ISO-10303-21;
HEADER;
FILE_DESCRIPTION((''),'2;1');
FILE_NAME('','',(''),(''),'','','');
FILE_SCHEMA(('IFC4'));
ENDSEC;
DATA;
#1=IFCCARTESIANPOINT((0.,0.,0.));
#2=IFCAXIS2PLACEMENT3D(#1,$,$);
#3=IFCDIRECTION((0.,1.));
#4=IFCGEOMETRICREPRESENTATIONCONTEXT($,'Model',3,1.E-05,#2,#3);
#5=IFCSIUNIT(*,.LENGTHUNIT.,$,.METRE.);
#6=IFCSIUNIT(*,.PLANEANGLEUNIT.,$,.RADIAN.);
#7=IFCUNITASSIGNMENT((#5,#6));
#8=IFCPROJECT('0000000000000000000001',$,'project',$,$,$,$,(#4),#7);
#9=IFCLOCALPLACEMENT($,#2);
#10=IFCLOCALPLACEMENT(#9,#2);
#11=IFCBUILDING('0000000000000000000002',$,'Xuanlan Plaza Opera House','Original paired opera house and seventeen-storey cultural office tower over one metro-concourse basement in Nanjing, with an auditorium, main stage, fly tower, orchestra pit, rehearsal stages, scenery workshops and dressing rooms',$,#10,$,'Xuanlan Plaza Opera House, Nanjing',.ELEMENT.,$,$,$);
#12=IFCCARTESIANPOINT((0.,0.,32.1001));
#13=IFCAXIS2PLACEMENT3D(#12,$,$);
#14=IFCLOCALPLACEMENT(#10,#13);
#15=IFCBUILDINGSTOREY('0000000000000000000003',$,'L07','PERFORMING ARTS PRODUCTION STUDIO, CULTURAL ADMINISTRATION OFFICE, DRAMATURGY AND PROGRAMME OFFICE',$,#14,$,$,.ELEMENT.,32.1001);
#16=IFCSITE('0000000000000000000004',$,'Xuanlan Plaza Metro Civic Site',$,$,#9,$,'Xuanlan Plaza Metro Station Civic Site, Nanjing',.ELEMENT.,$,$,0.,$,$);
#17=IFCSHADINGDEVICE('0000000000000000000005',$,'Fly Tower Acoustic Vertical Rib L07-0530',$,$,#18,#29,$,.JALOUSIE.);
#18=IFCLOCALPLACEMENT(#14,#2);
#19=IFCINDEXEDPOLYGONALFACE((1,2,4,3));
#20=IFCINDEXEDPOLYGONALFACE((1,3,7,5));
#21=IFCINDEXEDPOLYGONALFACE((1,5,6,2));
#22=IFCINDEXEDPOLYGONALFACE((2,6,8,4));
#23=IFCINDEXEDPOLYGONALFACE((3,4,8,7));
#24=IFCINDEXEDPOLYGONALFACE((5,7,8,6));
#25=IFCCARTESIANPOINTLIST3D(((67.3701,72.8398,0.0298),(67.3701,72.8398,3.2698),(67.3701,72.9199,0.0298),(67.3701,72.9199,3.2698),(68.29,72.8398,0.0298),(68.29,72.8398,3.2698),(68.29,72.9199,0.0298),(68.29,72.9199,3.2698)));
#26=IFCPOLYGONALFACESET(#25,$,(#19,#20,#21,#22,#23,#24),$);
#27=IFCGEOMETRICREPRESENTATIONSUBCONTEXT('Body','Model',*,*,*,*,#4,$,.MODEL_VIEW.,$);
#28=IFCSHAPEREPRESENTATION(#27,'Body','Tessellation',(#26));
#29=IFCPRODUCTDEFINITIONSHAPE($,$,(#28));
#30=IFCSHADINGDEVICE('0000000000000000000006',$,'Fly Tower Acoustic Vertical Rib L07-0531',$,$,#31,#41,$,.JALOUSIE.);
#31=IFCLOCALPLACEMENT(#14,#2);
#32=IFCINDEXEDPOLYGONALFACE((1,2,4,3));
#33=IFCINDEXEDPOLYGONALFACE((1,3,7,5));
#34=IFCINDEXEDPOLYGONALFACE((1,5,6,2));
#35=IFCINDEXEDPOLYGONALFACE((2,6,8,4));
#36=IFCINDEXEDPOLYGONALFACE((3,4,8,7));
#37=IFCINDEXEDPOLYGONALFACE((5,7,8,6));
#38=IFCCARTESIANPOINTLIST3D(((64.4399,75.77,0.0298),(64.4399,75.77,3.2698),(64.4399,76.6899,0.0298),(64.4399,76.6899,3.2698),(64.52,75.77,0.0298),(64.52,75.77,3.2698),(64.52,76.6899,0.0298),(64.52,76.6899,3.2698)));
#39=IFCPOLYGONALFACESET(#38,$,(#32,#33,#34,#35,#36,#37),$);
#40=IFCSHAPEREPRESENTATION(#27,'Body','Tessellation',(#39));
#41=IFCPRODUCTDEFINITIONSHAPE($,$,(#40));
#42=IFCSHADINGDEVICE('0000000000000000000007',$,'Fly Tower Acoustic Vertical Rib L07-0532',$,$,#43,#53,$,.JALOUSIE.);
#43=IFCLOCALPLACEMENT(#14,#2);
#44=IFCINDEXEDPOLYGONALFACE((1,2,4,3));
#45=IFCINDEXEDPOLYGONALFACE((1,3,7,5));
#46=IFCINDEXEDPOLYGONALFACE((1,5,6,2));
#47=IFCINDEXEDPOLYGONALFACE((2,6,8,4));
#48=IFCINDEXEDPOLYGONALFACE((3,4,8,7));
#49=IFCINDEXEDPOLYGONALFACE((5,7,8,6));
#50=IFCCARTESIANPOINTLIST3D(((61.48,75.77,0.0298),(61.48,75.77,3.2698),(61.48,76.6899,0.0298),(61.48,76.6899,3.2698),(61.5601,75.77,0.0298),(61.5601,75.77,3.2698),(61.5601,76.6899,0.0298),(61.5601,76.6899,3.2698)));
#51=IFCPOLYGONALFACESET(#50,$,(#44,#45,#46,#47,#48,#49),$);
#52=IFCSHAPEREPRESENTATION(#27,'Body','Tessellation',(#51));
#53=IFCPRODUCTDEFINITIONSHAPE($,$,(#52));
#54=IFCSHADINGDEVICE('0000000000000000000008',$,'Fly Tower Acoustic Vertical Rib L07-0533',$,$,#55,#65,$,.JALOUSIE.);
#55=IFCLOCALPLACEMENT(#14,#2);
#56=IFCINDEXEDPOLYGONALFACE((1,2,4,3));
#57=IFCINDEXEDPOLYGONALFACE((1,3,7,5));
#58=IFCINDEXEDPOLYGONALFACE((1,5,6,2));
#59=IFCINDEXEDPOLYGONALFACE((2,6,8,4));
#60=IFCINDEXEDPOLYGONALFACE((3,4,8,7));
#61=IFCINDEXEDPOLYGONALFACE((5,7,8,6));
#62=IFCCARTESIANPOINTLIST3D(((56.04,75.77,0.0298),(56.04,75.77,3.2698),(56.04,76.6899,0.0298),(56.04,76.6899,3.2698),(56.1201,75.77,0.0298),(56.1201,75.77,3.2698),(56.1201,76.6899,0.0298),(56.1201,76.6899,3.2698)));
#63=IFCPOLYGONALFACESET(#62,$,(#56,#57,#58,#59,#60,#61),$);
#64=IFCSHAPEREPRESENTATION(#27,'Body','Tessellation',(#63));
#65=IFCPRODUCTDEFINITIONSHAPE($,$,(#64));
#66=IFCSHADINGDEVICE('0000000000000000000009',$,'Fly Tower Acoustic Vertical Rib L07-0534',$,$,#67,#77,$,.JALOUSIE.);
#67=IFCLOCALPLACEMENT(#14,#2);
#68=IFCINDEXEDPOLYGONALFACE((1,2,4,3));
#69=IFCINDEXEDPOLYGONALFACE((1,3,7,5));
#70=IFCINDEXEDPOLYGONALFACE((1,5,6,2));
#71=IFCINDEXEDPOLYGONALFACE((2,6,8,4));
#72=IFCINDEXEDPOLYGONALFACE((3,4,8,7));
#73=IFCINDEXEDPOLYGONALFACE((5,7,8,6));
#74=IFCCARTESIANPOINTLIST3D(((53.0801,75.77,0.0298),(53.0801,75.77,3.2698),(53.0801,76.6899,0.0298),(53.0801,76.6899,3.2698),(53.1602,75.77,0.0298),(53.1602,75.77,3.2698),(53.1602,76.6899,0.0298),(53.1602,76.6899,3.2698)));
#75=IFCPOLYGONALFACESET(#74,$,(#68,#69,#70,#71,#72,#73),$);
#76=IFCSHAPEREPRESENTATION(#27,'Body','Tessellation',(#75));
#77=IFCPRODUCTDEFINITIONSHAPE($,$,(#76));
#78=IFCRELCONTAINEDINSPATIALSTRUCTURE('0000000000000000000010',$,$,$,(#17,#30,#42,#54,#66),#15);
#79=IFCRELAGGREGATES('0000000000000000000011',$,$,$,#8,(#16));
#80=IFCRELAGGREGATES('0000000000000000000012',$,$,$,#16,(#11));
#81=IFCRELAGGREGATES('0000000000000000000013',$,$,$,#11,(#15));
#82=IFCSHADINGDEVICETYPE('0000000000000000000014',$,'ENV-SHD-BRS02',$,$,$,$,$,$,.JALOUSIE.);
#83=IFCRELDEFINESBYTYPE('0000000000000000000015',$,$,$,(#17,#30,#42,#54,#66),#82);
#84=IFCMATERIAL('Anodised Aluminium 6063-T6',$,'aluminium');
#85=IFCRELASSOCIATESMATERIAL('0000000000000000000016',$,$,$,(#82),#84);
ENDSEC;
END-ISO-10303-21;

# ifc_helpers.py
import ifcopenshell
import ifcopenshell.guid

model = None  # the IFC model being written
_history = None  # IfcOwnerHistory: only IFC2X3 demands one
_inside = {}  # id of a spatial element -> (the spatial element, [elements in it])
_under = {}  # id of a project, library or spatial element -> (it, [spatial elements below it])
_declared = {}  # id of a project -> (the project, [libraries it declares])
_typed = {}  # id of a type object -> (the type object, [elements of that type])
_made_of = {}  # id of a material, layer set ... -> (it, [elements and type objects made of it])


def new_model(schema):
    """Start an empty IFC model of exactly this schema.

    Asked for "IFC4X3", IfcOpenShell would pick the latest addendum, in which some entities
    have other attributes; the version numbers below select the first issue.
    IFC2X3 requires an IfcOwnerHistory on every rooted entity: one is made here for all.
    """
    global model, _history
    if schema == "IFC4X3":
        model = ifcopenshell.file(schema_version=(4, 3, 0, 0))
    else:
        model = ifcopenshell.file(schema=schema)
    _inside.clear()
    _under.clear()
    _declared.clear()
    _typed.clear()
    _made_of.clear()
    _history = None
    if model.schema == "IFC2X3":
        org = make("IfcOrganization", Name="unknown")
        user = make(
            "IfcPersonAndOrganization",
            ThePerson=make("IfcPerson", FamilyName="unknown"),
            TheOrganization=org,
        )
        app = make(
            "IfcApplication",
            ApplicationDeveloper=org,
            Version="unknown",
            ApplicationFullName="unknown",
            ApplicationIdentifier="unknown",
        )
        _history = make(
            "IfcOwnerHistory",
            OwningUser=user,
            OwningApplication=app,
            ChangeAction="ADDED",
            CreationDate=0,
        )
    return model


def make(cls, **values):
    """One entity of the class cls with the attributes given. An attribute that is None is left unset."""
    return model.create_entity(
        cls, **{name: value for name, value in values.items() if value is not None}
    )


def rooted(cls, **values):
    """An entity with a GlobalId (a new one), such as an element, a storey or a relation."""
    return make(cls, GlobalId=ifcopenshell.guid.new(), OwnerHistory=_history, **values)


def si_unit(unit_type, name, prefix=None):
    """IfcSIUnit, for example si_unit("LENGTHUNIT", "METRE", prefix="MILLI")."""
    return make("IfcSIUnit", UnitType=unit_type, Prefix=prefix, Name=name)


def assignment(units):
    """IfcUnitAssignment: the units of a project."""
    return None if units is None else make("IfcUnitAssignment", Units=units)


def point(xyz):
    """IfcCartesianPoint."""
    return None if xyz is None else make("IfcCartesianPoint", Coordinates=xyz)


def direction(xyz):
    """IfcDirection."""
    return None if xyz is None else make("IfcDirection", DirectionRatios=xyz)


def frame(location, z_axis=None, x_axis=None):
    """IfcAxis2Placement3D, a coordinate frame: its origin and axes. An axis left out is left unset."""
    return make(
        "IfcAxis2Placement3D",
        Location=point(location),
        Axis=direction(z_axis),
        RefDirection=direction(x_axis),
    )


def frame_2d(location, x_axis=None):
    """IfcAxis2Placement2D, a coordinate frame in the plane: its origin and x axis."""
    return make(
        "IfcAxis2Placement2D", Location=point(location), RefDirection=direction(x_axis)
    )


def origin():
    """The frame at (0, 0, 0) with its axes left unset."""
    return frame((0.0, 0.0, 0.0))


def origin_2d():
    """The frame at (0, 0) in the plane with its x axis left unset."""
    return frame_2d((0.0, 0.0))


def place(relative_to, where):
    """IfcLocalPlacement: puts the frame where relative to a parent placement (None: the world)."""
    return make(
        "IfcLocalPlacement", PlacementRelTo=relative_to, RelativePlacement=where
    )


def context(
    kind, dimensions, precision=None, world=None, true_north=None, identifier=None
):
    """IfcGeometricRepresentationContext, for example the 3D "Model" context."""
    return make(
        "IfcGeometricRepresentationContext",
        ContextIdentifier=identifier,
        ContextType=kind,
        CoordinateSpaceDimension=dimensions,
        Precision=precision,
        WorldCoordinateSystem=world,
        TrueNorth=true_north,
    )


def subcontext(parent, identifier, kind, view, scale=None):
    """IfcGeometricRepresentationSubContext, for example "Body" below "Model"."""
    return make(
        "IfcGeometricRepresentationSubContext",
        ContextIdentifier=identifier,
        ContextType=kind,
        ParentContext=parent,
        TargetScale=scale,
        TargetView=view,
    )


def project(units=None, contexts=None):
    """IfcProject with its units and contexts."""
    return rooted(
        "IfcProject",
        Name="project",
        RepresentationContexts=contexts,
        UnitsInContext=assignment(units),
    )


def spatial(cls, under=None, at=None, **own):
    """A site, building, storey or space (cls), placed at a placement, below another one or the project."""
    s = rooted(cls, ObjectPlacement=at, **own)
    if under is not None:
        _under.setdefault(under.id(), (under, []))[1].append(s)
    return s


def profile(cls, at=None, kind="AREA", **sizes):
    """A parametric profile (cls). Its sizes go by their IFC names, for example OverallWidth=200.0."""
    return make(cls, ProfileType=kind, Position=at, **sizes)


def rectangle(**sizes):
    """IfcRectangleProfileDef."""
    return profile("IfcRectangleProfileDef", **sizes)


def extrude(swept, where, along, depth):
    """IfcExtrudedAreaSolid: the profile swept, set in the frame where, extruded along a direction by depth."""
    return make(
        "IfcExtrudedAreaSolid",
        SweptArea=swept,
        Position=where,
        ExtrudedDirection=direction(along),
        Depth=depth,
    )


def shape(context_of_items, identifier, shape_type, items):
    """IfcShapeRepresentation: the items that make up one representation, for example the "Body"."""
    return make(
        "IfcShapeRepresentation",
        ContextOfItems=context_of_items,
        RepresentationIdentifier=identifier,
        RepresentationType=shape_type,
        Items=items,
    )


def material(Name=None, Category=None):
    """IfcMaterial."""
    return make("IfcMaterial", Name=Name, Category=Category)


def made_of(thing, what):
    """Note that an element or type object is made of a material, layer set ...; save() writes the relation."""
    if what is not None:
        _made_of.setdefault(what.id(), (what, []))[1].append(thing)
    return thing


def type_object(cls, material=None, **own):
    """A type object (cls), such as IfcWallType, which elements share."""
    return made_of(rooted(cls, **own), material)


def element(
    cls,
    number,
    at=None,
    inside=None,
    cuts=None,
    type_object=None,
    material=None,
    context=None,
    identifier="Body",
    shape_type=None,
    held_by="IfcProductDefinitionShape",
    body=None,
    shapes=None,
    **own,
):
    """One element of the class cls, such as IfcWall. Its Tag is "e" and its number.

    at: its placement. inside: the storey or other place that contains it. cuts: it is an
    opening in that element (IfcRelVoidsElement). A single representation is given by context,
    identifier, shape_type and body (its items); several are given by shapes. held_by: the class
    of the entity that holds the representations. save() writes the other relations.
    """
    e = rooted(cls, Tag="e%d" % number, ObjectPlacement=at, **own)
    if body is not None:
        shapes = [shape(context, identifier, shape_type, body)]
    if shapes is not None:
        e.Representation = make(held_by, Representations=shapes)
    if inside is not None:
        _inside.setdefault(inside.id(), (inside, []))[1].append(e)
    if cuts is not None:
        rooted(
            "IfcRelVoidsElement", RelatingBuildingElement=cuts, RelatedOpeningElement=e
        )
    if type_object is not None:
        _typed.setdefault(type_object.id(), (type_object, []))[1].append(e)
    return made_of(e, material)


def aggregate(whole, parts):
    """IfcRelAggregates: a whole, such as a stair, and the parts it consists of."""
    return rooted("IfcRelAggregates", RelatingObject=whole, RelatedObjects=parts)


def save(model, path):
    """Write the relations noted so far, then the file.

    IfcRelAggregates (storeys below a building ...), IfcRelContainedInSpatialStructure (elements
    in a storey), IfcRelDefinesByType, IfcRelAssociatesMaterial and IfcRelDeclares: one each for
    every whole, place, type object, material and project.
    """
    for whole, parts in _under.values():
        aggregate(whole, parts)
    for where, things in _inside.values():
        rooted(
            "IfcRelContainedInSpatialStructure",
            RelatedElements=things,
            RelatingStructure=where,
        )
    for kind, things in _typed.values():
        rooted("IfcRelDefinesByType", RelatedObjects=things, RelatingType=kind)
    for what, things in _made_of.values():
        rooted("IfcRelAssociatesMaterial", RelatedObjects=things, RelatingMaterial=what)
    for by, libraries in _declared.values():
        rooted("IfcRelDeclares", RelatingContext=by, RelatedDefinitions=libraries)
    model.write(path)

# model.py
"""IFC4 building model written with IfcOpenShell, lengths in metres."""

from ifc_helpers import new_model, si_unit, direction, frame, origin, origin_2d, place, context, subcontext, project, spatial, rectangle, extrude, material, type_object, element, save


model = new_model("IFC4")

# Units and contexts
model_context = context("Model", 3, precision=1e-05, world=origin(), true_north=direction((0.0, 1.0)))
body_context = subcontext(model_context, "Body", "Model", "MODEL_VIEW")
ifc_project = project(units=[si_unit("LENGTHUNIT", "METRE"), si_unit("PLANEANGLEUNIT", "RADIAN")], contexts=[model_context])

# Site, building, storey
site_placement = place(None, origin())
site = spatial("IfcSite", under=ifc_project, at=site_placement, Name="Xuanlan Plaza Metro Civic Site", LongName="Xuanlan Plaza Metro Station Civic Site, Nanjing", CompositionType="ELEMENT", RefElevation=0.0)
building_placement = place(site_placement, origin())
building = spatial("IfcBuilding", under=site, at=building_placement, Name="Xuanlan Plaza Opera House", Description="Original paired opera house and seventeen-storey cultural office tower over one metro-concourse basement in Nanjing, with an auditorium, main stage, fly tower, orchestra pit, rehearsal stages, scenery workshops and dressing rooms", LongName="Xuanlan Plaza Opera House, Nanjing", CompositionType="ELEMENT")
storey_placement = place(building_placement, frame((0.0, 0.0, 32.1001)))
storey = spatial("IfcBuildingStorey", under=building, at=storey_placement, Name="L07", Description="PERFORMING ARTS PRODUCTION STUDIO, CULTURAL ADMINISTRATION OFFICE, DRAMATURGY AND PROGRAMME OFFICE", CompositionType="ELEMENT", Elevation=32.1001)

# Shading devices
ifc_material_1 = material(Name="Anodised Aluminium 6063-T6", Category="aluminium")
shading_device_type_1 = type_object("IfcShadingDeviceType", Name="ENV-SHD-BRS02", PredefinedType="JALOUSIE", material=ifc_material_1)
for number, where, z_axis, x_axis, name in (
    (1, (67.8301, 72.8799, 0.0298), (0.0, 0.0, 1.0), (1.0, 0.0, 0.0), "Fly Tower Acoustic Vertical Rib L07-0530"),
    (2, (64.48, 76.23, 0.0298), (0.0, 0.0, 1.0), (0.0, 1.0, 0.0), "Fly Tower Acoustic Vertical Rib L07-0531"),
    (3, (61.52, 76.23, 0.0298), (0.0, 0.0, 1.0), (0.0, 1.0, 0.0), "Fly Tower Acoustic Vertical Rib L07-0532"),
    (4, (56.0801, 76.23, 0.0298), (0.0, 0.0, 1.0), (0.0, 1.0, 0.0), "Fly Tower Acoustic Vertical Rib L07-0533"),
    (5, (53.1201, 76.23, 0.0298), (0.0, 0.0, 1.0), (0.0, 1.0, 0.0), "Fly Tower Acoustic Vertical Rib L07-0534"),
):
    element("IfcShadingDevice", number, at=place(storey_placement, frame(where, z_axis=z_axis, x_axis=x_axis)), inside=storey, type_object=shading_device_type_1, Name=name, PredefinedType="JALOUSIE", context=body_context, shape_type="SweptSolid", body=[
        extrude(rectangle(XDim=0.9199, YDim=0.0801, at=origin_2d()), origin(), (0.0, 0.0, 1.0), 3.24),
    ])

save(model, "model.ifc")
